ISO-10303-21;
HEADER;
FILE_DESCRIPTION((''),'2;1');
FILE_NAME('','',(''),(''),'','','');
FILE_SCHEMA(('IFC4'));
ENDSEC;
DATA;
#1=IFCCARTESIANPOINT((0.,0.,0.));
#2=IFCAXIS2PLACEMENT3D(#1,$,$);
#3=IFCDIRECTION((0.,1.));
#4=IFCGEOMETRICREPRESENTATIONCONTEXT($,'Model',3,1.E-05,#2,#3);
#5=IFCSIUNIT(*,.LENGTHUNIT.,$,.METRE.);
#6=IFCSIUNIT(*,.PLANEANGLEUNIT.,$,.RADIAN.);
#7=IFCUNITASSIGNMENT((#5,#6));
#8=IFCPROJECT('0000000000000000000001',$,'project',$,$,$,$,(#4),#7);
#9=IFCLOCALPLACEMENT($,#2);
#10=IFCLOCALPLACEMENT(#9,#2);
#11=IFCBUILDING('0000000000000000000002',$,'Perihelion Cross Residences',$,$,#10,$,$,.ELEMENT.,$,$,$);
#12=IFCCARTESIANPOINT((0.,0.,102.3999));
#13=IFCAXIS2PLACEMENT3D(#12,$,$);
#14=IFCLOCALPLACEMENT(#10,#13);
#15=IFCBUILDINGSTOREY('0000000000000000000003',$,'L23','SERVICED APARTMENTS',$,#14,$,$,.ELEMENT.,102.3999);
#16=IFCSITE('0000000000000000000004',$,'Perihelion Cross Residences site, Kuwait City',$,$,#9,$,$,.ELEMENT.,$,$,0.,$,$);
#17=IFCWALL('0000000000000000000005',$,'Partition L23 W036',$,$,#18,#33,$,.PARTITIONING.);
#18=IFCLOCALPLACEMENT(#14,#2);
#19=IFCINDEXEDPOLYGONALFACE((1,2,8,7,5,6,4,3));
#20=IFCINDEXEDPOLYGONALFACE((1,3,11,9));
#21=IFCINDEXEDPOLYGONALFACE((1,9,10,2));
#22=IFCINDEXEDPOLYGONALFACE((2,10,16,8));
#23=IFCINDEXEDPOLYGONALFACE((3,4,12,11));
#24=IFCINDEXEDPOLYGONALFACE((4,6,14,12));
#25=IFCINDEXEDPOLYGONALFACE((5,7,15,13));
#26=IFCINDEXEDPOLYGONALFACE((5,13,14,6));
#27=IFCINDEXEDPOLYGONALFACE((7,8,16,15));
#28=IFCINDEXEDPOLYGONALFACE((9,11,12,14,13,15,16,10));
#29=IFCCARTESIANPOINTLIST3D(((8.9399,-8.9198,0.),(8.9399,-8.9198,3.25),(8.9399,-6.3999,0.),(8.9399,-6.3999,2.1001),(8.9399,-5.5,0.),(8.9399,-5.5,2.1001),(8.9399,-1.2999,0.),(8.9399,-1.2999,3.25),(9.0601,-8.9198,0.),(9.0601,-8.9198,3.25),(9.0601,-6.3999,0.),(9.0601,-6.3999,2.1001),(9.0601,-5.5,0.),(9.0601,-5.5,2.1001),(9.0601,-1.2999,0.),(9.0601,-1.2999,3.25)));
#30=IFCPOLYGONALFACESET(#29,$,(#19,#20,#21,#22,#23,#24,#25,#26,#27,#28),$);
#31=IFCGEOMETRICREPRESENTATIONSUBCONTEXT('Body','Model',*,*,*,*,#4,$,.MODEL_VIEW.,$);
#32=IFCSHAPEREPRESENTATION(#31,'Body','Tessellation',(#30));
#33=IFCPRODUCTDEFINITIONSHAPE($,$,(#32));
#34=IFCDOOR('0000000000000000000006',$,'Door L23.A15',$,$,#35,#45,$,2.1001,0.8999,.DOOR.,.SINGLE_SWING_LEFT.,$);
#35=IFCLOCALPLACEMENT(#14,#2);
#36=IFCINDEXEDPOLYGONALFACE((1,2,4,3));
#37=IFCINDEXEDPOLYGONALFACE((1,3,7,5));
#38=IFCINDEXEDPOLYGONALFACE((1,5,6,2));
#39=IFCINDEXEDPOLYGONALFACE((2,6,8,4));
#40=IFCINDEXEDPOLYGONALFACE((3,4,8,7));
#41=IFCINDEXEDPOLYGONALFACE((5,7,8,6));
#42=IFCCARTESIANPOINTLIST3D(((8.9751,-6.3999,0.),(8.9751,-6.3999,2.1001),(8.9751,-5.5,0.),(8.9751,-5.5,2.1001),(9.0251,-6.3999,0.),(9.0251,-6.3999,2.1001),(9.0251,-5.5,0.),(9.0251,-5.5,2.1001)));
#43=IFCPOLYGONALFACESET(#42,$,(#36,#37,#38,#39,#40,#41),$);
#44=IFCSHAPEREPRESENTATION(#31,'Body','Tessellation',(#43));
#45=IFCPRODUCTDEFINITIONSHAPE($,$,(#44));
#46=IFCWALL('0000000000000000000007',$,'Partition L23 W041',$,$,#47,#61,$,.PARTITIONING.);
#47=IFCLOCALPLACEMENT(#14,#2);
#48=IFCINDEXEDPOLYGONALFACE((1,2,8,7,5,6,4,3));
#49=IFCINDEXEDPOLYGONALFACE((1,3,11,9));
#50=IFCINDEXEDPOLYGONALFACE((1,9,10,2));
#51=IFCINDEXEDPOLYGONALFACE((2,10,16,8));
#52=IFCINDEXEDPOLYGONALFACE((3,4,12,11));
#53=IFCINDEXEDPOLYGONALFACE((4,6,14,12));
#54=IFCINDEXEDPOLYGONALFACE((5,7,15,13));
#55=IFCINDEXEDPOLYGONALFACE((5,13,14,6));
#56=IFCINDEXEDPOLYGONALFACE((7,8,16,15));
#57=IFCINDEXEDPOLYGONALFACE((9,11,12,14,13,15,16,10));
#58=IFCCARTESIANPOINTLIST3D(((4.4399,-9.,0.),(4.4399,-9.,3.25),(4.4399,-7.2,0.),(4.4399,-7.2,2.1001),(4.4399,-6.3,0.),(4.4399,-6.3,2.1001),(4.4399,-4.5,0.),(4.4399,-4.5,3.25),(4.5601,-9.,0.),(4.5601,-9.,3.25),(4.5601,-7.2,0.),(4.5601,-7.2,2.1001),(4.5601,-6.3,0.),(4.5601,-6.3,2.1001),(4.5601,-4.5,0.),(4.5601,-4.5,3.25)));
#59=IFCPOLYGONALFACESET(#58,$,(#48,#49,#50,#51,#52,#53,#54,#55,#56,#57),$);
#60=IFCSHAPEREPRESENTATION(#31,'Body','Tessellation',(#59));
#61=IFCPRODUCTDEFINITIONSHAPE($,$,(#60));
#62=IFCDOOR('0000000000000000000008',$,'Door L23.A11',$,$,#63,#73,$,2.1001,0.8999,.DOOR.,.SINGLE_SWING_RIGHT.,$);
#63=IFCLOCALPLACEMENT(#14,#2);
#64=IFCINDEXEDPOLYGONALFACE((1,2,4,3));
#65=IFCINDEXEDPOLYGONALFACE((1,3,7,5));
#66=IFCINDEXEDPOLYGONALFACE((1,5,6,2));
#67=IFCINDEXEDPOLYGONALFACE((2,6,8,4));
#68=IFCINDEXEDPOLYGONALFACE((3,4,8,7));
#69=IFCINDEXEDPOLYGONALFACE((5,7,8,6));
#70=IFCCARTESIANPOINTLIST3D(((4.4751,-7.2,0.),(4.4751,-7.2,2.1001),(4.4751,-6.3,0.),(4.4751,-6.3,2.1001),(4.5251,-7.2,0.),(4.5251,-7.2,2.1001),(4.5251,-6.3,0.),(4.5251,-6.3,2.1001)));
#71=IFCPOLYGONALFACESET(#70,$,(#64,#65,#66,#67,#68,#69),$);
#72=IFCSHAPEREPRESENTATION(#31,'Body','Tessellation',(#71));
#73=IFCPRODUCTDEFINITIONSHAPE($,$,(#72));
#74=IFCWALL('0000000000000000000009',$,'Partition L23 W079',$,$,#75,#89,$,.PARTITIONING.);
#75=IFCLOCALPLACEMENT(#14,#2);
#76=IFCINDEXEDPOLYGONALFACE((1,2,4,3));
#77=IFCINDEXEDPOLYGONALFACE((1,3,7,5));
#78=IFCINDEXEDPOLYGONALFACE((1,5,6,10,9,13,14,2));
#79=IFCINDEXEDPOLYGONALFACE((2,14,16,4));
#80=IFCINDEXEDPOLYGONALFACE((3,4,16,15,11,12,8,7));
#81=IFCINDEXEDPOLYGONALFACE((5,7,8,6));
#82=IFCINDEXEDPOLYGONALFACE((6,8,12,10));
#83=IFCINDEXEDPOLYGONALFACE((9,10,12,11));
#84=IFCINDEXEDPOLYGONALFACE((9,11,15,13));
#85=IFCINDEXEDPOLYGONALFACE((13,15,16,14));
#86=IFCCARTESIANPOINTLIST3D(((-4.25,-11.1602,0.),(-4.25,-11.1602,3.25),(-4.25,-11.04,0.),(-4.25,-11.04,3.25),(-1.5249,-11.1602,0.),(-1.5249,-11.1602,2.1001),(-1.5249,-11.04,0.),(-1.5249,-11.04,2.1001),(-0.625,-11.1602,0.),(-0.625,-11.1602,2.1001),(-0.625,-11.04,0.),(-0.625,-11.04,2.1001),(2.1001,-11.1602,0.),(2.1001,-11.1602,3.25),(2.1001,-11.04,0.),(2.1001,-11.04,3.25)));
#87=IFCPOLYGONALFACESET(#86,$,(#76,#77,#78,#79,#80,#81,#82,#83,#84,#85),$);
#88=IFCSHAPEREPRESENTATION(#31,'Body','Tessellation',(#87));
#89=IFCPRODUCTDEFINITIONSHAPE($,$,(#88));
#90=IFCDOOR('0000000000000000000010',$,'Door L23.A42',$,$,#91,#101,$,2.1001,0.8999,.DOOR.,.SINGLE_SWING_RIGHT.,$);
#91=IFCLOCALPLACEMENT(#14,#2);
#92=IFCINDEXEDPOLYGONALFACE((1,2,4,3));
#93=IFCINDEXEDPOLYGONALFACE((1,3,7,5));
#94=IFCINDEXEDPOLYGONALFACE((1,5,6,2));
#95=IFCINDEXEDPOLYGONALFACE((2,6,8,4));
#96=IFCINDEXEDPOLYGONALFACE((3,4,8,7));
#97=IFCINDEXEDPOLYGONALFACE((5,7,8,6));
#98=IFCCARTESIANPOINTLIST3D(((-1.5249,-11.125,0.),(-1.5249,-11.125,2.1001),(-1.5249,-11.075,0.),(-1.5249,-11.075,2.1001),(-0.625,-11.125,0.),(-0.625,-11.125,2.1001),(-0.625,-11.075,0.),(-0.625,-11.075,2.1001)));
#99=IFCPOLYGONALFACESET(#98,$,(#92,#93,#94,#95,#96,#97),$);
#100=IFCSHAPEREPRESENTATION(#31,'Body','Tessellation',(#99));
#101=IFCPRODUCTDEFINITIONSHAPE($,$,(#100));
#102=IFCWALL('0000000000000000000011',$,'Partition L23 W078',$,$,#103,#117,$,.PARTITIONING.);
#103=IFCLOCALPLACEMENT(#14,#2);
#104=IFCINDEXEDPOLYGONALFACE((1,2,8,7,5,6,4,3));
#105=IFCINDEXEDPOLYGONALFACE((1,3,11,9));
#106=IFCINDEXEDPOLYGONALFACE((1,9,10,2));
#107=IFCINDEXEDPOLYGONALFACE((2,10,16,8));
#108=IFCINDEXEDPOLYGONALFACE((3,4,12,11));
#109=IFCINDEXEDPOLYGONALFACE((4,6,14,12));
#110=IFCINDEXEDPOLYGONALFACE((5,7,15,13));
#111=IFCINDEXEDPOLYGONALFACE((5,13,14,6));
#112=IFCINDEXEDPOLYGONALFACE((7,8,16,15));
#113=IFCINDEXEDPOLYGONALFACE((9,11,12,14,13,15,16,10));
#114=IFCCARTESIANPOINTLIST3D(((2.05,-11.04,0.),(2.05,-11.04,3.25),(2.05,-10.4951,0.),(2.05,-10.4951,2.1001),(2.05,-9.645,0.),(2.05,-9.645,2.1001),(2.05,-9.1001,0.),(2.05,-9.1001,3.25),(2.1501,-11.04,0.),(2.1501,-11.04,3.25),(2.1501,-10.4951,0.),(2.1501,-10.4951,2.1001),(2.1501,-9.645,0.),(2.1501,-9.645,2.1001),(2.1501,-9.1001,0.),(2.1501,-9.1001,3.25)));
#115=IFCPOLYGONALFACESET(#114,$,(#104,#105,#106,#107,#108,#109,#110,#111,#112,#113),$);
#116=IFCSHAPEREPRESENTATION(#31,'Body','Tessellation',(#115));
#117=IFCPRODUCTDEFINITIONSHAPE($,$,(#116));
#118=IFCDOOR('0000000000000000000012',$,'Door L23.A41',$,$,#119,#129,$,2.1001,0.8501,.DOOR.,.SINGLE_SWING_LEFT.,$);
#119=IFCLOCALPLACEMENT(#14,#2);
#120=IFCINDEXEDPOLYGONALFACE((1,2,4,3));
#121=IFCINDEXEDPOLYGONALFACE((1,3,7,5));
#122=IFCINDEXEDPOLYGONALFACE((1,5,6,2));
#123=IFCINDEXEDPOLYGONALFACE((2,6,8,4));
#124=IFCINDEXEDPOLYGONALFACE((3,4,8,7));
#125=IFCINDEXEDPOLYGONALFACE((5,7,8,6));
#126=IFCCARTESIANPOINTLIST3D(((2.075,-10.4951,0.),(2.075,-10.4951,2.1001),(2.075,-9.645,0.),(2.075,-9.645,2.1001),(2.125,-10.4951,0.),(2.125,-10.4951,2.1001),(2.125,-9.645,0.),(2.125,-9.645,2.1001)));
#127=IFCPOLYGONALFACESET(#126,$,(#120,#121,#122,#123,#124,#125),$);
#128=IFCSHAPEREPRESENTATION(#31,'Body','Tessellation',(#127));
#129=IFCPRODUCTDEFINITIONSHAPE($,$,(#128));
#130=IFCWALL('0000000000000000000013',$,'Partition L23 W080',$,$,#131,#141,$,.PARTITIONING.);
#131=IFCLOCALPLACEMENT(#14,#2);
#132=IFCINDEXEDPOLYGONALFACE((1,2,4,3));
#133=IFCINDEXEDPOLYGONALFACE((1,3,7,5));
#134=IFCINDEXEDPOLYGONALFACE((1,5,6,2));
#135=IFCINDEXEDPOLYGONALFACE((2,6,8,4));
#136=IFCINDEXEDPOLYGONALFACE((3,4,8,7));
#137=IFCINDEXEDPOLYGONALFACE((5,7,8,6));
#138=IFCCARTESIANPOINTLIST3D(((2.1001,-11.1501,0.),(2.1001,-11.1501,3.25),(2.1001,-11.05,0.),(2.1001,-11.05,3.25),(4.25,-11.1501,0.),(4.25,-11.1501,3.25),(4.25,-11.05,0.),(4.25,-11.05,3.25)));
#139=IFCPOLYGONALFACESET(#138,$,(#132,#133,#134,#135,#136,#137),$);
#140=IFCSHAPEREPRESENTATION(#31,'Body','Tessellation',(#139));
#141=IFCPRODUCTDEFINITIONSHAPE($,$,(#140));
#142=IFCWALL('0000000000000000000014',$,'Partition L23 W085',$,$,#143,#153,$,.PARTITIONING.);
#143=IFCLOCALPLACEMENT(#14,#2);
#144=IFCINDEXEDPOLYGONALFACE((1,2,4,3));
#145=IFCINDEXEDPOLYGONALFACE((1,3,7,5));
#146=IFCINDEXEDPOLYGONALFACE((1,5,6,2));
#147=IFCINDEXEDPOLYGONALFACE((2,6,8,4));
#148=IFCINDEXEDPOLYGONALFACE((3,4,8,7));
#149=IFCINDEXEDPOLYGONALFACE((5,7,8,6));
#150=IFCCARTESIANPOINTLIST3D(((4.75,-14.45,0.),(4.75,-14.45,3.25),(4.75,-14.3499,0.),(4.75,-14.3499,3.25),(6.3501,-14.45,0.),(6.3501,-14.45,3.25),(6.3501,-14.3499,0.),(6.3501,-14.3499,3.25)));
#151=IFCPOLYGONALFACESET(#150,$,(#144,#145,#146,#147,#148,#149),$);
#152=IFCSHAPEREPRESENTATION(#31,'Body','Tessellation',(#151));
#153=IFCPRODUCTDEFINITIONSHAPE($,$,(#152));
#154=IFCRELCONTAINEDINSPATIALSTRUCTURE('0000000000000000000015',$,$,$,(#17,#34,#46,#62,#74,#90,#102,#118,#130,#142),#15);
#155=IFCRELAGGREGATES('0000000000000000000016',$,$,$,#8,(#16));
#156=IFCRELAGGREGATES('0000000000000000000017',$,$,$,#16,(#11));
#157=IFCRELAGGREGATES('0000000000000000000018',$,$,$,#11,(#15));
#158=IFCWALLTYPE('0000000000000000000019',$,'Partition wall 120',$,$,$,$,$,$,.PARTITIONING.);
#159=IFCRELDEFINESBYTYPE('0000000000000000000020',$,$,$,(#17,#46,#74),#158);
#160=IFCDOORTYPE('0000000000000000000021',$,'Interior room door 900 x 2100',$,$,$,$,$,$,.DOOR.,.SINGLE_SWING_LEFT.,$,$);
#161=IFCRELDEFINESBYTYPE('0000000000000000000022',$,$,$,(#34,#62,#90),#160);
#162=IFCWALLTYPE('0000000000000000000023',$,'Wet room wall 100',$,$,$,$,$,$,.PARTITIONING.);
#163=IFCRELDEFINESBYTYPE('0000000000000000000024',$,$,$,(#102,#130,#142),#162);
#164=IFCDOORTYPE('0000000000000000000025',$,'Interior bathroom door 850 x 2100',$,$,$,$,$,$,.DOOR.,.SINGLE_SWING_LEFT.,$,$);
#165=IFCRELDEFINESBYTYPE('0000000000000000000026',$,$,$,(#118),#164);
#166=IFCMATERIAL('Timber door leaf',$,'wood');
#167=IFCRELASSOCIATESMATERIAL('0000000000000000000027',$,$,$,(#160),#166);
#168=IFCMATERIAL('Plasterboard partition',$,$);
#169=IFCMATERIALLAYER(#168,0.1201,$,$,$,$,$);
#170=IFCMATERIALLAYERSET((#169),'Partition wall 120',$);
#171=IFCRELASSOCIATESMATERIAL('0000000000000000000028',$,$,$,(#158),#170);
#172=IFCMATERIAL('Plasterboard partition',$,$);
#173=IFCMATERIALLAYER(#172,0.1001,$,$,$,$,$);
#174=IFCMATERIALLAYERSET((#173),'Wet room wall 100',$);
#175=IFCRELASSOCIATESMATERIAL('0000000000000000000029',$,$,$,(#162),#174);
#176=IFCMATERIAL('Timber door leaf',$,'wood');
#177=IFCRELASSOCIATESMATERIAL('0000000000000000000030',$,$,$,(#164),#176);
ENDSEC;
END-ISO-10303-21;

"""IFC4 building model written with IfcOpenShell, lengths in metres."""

from ifc_helpers import new_model, si_unit, direction, frame, frame_2d, origin, place, context, subcontext, project, spatial, rectangle, extrude, material, layer, layer_set, type_object, element, fill, save


model = new_model("IFC4")

# Units and contexts
model_context = context("Model", 3, precision=1e-05, world=origin(), true_north=direction((0.0, 1.0)))
body_context = subcontext(model_context, "Body", "Model", "MODEL_VIEW")
ifc_project = project(units=[si_unit("LENGTHUNIT", "METRE"), si_unit("PLANEANGLEUNIT", "RADIAN")], contexts=[model_context])

# Site, building, storey
site_placement = place(None, origin())
site = spatial("IfcSite", under=ifc_project, at=site_placement, Name="Perihelion Cross Residences site, Kuwait City", CompositionType="ELEMENT", RefElevation=0.0)
building_placement = place(site_placement, origin())
building = spatial("IfcBuilding", under=site, at=building_placement, Name="Perihelion Cross Residences", CompositionType="ELEMENT")
storey_placement = place(building_placement, frame((0.0, 0.0, 102.3999)))
storey = spatial("IfcBuildingStorey", under=building, at=storey_placement, Name="L23", Description="SERVICED APARTMENTS", CompositionType="ELEMENT", Elevation=102.3999)

# Shared definitions
ifc_material_1 = material(Name="Timber door leaf", Category="wood")
door_type_1 = type_object("IfcDoorType", Name="Interior room door 900 x 2100", OperationType="SINGLE_SWING_LEFT", PredefinedType="DOOR", material=ifc_material_1)

# Shared definitions
ifc_material_2 = material(Name="Plasterboard partition")
ifc_layer_1 = layer(ifc_material_2, 0.1201)
ifc_layer_set_1 = layer_set([ifc_layer_1], Name="Partition wall 120")
wall_type_1 = type_object("IfcWallType", Name="Partition wall 120", PredefinedType="PARTITIONING", material=ifc_layer_set_1)

# Walls, openings, doors
wall_1_placement = place(storey_placement, frame((9.0, -8.9199, 0.0), z_axis=(0.0, 0.0, 1.0), x_axis=(0.0, 1.0, 0.0)))
wall_1 = element("IfcWall", 1, at=wall_1_placement, inside=storey, type_object=wall_type_1, Name="Partition L23 W036", PredefinedType="PARTITIONING", context=body_context, shape_type="SweptSolid", body=[
    extrude(rectangle(XDim=7.6199, YDim=0.1201, at=frame_2d((3.8101, 0.0))), origin(), (0.0, 0.0, 1.0), 3.25),
])
opening_1_placement = place(wall_1_placement, frame((2.52, 0.0, 0.0)))
opening_1 = element("IfcOpeningElement", 2, at=opening_1_placement, cuts=wall_1, PredefinedType="OPENING", context=body_context, shape_type="SweptSolid", body=[
    extrude(rectangle(XDim=0.8999, YDim=2.1001, at=frame_2d((0.45, 1.05))), frame((0.0, 0.0701, 0.0), z_axis=(0.0, -1.0, 0.0), x_axis=(1.0, 0.0, 0.0)), (0.0, 0.0, 1.0), 0.1401),
])
door_1_placement = place(opening_1_placement, origin())
door_1 = element("IfcDoor", 3, at=door_1_placement, inside=storey, type_object=door_type_1, Name="Door L23.A15", OperationType="SINGLE_SWING_LEFT", OverallHeight=2.1001, OverallWidth=0.8999, PredefinedType="DOOR", context=body_context, shape_type="SweptSolid", body=[
    extrude(rectangle(XDim=0.8999, YDim=2.1001, at=frame_2d((0.45, 1.05))), frame((0.0, 0.0249, 0.0), z_axis=(0.0, -1.0, 0.0), x_axis=(1.0, 0.0, 0.0)), (0.0, 0.0, 1.0), 0.05),
])
fill(opening_1, door_1)
wall_2_placement = place(storey_placement, frame((4.5, -9.0, 0.0), z_axis=(0.0, 0.0, 1.0), x_axis=(0.0, 1.0, 0.0)))
wall_2 = element("IfcWall", 4, at=wall_2_placement, inside=storey, type_object=wall_type_1, Name="Partition L23 W041", PredefinedType="PARTITIONING", context=body_context, shape_type="SweptSolid", body=[
    extrude(rectangle(XDim=4.5, YDim=0.1201, at=frame_2d((2.25, 0.0))), origin(), (0.0, 0.0, 1.0), 3.25),
])
opening_2_placement = place(wall_2_placement, frame((1.8, 0.0, 0.0)))
opening_2 = element("IfcOpeningElement", 5, at=opening_2_placement, cuts=wall_2, PredefinedType="OPENING", context=body_context, shape_type="SweptSolid", body=[
    extrude(rectangle(XDim=0.8999, YDim=2.1001, at=frame_2d((0.45, 1.05))), frame((0.0, 0.0701, 0.0), z_axis=(0.0, -1.0, 0.0), x_axis=(1.0, 0.0, 0.0)), (0.0, 0.0, 1.0), 0.1401),
])
door_2_placement = place(opening_2_placement, origin())
door_2 = element("IfcDoor", 6, at=door_2_placement, inside=storey, type_object=door_type_1, Name="Door L23.A11", OperationType="SINGLE_SWING_RIGHT", OverallHeight=2.1001, OverallWidth=0.8999, PredefinedType="DOOR", context=body_context, shape_type="SweptSolid", body=[
    extrude(rectangle(XDim=0.8999, YDim=2.1001, at=frame_2d((0.45, 1.05))), frame((0.0, 0.0249, 0.0), z_axis=(0.0, -1.0, 0.0), x_axis=(1.0, 0.0, 0.0)), (0.0, 0.0, 1.0), 0.05),
])
fill(opening_2, door_2)
wall_3_placement = place(storey_placement, frame((2.1001, -11.1001, 0.0), z_axis=(0.0, 0.0, 1.0), x_axis=(-1.0, 0.0, 0.0)))
wall_3 = element("IfcWall", 7, at=wall_3_placement, inside=storey, type_object=wall_type_1, Name="Partition L23 W079", PredefinedType="PARTITIONING", context=body_context, shape_type="SweptSolid", body=[
    extrude(rectangle(XDim=6.3501, YDim=0.1201, at=frame_2d((3.175, 0.0))), origin(), (0.0, 0.0, 1.0), 3.25),
])
opening_3_placement = place(wall_3_placement, frame((2.7251, 0.0, 0.0)))
opening_3 = element("IfcOpeningElement", 8, at=opening_3_placement, cuts=wall_3, PredefinedType="OPENING", context=body_context, shape_type="SweptSolid", body=[
    extrude(rectangle(XDim=0.8999, YDim=2.1001, at=frame_2d((0.45, 1.05))), frame((0.0, 0.0701, 0.0), z_axis=(0.0, -1.0, 0.0), x_axis=(1.0, 0.0, 0.0)), (0.0, 0.0, 1.0), 0.1401),
])
door_3_placement = place(opening_3_placement, origin())
door_3 = element("IfcDoor", 9, at=door_3_placement, inside=storey, type_object=door_type_1, Name="Door L23.A42", OperationType="SINGLE_SWING_RIGHT", OverallHeight=2.1001, OverallWidth=0.8999, PredefinedType="DOOR", context=body_context, shape_type="SweptSolid", body=[
    extrude(rectangle(XDim=0.8999, YDim=2.1001, at=frame_2d((0.45, 1.05))), frame((0.0, 0.0249, 0.0), z_axis=(0.0, -1.0, 0.0), x_axis=(1.0, 0.0, 0.0)), (0.0, 0.0, 1.0), 0.05),
])
fill(opening_3, door_3)
ifc_material_3 = material(Name="Plasterboard partition")
ifc_layer_2 = layer(ifc_material_3, 0.1001)
ifc_layer_set_2 = layer_set([ifc_layer_2], Name="Wet room wall 100")
wall_type_2 = type_object("IfcWallType", Name="Wet room wall 100", PredefinedType="PARTITIONING", material=ifc_layer_set_2)
wall_4_placement = place(storey_placement, frame((2.1001, -9.1001, 0.0), z_axis=(0.0, 0.0, 1.0), x_axis=(0.0, -1.0, 0.0)))
wall_4 = element("IfcWall", 10, at=wall_4_placement, inside=storey, type_object=wall_type_2, Name="Partition L23 W078", PredefinedType="PARTITIONING", context=body_context, shape_type="SweptSolid", body=[
    extrude(rectangle(XDim=1.9399, YDim=0.1001, at=frame_2d((0.97, 0.0))), origin(), (0.0, 0.0, 1.0), 3.25),
])
opening_4_placement = place(wall_4_placement, frame((0.5449, 0.0, 0.0)))
opening_4 = element("IfcOpeningElement", 11, at=opening_4_placement, cuts=wall_4, PredefinedType="OPENING", context=body_context, shape_type="SweptSolid", body=[
    extrude(rectangle(XDim=0.8501, YDim=2.1001, at=frame_2d((0.425, 1.05))), frame((0.0, 0.0601, 0.0), z_axis=(0.0, -1.0, 0.0), x_axis=(1.0, 0.0, 0.0)), (0.0, 0.0, 1.0), 0.1201),
])
ifc_material_4 = material(Name="Timber door leaf", Category="wood")
door_type_2 = type_object("IfcDoorType", Name="Interior bathroom door 850 x 2100", OperationType="SINGLE_SWING_LEFT", PredefinedType="DOOR", material=ifc_material_4)
door_4_placement = place(opening_4_placement, origin())
door_4 = element("IfcDoor", 12, at=door_4_placement, inside=storey, type_object=door_type_2, Name="Door L23.A41", OperationType="SINGLE_SWING_LEFT", OverallHeight=2.1001, OverallWidth=0.8501, PredefinedType="DOOR", context=body_context, shape_type="SweptSolid", body=[
    extrude(rectangle(XDim=0.8501, YDim=2.1001, at=frame_2d((0.425, 1.05))), frame((0.0, 0.0249, 0.0), z_axis=(0.0, -1.0, 0.0), x_axis=(1.0, 0.0, 0.0)), (0.0, 0.0, 1.0), 0.05),
])
fill(opening_4, door_4)

# Walls
wall_5_placement = place(storey_placement, frame((4.25, -11.1001, 0.0), z_axis=(0.0, 0.0, 1.0), x_axis=(-1.0, 0.0, 0.0)))
element("IfcWall", 13, at=wall_5_placement, inside=storey, type_object=wall_type_2, Name="Partition L23 W080", PredefinedType="PARTITIONING", context=body_context, shape_type="SweptSolid", body=[
    extrude(rectangle(XDim=2.1499, YDim=0.1001, at=frame_2d((1.075, 0.0))), origin(), (0.0, 0.0, 1.0), 3.25),
])
wall_6_placement = place(storey_placement, frame((6.3501, -14.3999, 0.0), z_axis=(0.0, 0.0, 1.0), x_axis=(-1.0, 0.0, 0.0)))
element("IfcWall", 14, at=wall_6_placement, inside=storey, type_object=wall_type_2, Name="Partition L23 W085", PredefinedType="PARTITIONING", context=body_context, shape_type="SweptSolid", body=[
    extrude(rectangle(XDim=1.6001, YDim=0.1001, at=frame_2d((0.8, 0.0))), origin(), (0.0, 0.0, 1.0), 3.25),
])

save(model, "model.ifc")
